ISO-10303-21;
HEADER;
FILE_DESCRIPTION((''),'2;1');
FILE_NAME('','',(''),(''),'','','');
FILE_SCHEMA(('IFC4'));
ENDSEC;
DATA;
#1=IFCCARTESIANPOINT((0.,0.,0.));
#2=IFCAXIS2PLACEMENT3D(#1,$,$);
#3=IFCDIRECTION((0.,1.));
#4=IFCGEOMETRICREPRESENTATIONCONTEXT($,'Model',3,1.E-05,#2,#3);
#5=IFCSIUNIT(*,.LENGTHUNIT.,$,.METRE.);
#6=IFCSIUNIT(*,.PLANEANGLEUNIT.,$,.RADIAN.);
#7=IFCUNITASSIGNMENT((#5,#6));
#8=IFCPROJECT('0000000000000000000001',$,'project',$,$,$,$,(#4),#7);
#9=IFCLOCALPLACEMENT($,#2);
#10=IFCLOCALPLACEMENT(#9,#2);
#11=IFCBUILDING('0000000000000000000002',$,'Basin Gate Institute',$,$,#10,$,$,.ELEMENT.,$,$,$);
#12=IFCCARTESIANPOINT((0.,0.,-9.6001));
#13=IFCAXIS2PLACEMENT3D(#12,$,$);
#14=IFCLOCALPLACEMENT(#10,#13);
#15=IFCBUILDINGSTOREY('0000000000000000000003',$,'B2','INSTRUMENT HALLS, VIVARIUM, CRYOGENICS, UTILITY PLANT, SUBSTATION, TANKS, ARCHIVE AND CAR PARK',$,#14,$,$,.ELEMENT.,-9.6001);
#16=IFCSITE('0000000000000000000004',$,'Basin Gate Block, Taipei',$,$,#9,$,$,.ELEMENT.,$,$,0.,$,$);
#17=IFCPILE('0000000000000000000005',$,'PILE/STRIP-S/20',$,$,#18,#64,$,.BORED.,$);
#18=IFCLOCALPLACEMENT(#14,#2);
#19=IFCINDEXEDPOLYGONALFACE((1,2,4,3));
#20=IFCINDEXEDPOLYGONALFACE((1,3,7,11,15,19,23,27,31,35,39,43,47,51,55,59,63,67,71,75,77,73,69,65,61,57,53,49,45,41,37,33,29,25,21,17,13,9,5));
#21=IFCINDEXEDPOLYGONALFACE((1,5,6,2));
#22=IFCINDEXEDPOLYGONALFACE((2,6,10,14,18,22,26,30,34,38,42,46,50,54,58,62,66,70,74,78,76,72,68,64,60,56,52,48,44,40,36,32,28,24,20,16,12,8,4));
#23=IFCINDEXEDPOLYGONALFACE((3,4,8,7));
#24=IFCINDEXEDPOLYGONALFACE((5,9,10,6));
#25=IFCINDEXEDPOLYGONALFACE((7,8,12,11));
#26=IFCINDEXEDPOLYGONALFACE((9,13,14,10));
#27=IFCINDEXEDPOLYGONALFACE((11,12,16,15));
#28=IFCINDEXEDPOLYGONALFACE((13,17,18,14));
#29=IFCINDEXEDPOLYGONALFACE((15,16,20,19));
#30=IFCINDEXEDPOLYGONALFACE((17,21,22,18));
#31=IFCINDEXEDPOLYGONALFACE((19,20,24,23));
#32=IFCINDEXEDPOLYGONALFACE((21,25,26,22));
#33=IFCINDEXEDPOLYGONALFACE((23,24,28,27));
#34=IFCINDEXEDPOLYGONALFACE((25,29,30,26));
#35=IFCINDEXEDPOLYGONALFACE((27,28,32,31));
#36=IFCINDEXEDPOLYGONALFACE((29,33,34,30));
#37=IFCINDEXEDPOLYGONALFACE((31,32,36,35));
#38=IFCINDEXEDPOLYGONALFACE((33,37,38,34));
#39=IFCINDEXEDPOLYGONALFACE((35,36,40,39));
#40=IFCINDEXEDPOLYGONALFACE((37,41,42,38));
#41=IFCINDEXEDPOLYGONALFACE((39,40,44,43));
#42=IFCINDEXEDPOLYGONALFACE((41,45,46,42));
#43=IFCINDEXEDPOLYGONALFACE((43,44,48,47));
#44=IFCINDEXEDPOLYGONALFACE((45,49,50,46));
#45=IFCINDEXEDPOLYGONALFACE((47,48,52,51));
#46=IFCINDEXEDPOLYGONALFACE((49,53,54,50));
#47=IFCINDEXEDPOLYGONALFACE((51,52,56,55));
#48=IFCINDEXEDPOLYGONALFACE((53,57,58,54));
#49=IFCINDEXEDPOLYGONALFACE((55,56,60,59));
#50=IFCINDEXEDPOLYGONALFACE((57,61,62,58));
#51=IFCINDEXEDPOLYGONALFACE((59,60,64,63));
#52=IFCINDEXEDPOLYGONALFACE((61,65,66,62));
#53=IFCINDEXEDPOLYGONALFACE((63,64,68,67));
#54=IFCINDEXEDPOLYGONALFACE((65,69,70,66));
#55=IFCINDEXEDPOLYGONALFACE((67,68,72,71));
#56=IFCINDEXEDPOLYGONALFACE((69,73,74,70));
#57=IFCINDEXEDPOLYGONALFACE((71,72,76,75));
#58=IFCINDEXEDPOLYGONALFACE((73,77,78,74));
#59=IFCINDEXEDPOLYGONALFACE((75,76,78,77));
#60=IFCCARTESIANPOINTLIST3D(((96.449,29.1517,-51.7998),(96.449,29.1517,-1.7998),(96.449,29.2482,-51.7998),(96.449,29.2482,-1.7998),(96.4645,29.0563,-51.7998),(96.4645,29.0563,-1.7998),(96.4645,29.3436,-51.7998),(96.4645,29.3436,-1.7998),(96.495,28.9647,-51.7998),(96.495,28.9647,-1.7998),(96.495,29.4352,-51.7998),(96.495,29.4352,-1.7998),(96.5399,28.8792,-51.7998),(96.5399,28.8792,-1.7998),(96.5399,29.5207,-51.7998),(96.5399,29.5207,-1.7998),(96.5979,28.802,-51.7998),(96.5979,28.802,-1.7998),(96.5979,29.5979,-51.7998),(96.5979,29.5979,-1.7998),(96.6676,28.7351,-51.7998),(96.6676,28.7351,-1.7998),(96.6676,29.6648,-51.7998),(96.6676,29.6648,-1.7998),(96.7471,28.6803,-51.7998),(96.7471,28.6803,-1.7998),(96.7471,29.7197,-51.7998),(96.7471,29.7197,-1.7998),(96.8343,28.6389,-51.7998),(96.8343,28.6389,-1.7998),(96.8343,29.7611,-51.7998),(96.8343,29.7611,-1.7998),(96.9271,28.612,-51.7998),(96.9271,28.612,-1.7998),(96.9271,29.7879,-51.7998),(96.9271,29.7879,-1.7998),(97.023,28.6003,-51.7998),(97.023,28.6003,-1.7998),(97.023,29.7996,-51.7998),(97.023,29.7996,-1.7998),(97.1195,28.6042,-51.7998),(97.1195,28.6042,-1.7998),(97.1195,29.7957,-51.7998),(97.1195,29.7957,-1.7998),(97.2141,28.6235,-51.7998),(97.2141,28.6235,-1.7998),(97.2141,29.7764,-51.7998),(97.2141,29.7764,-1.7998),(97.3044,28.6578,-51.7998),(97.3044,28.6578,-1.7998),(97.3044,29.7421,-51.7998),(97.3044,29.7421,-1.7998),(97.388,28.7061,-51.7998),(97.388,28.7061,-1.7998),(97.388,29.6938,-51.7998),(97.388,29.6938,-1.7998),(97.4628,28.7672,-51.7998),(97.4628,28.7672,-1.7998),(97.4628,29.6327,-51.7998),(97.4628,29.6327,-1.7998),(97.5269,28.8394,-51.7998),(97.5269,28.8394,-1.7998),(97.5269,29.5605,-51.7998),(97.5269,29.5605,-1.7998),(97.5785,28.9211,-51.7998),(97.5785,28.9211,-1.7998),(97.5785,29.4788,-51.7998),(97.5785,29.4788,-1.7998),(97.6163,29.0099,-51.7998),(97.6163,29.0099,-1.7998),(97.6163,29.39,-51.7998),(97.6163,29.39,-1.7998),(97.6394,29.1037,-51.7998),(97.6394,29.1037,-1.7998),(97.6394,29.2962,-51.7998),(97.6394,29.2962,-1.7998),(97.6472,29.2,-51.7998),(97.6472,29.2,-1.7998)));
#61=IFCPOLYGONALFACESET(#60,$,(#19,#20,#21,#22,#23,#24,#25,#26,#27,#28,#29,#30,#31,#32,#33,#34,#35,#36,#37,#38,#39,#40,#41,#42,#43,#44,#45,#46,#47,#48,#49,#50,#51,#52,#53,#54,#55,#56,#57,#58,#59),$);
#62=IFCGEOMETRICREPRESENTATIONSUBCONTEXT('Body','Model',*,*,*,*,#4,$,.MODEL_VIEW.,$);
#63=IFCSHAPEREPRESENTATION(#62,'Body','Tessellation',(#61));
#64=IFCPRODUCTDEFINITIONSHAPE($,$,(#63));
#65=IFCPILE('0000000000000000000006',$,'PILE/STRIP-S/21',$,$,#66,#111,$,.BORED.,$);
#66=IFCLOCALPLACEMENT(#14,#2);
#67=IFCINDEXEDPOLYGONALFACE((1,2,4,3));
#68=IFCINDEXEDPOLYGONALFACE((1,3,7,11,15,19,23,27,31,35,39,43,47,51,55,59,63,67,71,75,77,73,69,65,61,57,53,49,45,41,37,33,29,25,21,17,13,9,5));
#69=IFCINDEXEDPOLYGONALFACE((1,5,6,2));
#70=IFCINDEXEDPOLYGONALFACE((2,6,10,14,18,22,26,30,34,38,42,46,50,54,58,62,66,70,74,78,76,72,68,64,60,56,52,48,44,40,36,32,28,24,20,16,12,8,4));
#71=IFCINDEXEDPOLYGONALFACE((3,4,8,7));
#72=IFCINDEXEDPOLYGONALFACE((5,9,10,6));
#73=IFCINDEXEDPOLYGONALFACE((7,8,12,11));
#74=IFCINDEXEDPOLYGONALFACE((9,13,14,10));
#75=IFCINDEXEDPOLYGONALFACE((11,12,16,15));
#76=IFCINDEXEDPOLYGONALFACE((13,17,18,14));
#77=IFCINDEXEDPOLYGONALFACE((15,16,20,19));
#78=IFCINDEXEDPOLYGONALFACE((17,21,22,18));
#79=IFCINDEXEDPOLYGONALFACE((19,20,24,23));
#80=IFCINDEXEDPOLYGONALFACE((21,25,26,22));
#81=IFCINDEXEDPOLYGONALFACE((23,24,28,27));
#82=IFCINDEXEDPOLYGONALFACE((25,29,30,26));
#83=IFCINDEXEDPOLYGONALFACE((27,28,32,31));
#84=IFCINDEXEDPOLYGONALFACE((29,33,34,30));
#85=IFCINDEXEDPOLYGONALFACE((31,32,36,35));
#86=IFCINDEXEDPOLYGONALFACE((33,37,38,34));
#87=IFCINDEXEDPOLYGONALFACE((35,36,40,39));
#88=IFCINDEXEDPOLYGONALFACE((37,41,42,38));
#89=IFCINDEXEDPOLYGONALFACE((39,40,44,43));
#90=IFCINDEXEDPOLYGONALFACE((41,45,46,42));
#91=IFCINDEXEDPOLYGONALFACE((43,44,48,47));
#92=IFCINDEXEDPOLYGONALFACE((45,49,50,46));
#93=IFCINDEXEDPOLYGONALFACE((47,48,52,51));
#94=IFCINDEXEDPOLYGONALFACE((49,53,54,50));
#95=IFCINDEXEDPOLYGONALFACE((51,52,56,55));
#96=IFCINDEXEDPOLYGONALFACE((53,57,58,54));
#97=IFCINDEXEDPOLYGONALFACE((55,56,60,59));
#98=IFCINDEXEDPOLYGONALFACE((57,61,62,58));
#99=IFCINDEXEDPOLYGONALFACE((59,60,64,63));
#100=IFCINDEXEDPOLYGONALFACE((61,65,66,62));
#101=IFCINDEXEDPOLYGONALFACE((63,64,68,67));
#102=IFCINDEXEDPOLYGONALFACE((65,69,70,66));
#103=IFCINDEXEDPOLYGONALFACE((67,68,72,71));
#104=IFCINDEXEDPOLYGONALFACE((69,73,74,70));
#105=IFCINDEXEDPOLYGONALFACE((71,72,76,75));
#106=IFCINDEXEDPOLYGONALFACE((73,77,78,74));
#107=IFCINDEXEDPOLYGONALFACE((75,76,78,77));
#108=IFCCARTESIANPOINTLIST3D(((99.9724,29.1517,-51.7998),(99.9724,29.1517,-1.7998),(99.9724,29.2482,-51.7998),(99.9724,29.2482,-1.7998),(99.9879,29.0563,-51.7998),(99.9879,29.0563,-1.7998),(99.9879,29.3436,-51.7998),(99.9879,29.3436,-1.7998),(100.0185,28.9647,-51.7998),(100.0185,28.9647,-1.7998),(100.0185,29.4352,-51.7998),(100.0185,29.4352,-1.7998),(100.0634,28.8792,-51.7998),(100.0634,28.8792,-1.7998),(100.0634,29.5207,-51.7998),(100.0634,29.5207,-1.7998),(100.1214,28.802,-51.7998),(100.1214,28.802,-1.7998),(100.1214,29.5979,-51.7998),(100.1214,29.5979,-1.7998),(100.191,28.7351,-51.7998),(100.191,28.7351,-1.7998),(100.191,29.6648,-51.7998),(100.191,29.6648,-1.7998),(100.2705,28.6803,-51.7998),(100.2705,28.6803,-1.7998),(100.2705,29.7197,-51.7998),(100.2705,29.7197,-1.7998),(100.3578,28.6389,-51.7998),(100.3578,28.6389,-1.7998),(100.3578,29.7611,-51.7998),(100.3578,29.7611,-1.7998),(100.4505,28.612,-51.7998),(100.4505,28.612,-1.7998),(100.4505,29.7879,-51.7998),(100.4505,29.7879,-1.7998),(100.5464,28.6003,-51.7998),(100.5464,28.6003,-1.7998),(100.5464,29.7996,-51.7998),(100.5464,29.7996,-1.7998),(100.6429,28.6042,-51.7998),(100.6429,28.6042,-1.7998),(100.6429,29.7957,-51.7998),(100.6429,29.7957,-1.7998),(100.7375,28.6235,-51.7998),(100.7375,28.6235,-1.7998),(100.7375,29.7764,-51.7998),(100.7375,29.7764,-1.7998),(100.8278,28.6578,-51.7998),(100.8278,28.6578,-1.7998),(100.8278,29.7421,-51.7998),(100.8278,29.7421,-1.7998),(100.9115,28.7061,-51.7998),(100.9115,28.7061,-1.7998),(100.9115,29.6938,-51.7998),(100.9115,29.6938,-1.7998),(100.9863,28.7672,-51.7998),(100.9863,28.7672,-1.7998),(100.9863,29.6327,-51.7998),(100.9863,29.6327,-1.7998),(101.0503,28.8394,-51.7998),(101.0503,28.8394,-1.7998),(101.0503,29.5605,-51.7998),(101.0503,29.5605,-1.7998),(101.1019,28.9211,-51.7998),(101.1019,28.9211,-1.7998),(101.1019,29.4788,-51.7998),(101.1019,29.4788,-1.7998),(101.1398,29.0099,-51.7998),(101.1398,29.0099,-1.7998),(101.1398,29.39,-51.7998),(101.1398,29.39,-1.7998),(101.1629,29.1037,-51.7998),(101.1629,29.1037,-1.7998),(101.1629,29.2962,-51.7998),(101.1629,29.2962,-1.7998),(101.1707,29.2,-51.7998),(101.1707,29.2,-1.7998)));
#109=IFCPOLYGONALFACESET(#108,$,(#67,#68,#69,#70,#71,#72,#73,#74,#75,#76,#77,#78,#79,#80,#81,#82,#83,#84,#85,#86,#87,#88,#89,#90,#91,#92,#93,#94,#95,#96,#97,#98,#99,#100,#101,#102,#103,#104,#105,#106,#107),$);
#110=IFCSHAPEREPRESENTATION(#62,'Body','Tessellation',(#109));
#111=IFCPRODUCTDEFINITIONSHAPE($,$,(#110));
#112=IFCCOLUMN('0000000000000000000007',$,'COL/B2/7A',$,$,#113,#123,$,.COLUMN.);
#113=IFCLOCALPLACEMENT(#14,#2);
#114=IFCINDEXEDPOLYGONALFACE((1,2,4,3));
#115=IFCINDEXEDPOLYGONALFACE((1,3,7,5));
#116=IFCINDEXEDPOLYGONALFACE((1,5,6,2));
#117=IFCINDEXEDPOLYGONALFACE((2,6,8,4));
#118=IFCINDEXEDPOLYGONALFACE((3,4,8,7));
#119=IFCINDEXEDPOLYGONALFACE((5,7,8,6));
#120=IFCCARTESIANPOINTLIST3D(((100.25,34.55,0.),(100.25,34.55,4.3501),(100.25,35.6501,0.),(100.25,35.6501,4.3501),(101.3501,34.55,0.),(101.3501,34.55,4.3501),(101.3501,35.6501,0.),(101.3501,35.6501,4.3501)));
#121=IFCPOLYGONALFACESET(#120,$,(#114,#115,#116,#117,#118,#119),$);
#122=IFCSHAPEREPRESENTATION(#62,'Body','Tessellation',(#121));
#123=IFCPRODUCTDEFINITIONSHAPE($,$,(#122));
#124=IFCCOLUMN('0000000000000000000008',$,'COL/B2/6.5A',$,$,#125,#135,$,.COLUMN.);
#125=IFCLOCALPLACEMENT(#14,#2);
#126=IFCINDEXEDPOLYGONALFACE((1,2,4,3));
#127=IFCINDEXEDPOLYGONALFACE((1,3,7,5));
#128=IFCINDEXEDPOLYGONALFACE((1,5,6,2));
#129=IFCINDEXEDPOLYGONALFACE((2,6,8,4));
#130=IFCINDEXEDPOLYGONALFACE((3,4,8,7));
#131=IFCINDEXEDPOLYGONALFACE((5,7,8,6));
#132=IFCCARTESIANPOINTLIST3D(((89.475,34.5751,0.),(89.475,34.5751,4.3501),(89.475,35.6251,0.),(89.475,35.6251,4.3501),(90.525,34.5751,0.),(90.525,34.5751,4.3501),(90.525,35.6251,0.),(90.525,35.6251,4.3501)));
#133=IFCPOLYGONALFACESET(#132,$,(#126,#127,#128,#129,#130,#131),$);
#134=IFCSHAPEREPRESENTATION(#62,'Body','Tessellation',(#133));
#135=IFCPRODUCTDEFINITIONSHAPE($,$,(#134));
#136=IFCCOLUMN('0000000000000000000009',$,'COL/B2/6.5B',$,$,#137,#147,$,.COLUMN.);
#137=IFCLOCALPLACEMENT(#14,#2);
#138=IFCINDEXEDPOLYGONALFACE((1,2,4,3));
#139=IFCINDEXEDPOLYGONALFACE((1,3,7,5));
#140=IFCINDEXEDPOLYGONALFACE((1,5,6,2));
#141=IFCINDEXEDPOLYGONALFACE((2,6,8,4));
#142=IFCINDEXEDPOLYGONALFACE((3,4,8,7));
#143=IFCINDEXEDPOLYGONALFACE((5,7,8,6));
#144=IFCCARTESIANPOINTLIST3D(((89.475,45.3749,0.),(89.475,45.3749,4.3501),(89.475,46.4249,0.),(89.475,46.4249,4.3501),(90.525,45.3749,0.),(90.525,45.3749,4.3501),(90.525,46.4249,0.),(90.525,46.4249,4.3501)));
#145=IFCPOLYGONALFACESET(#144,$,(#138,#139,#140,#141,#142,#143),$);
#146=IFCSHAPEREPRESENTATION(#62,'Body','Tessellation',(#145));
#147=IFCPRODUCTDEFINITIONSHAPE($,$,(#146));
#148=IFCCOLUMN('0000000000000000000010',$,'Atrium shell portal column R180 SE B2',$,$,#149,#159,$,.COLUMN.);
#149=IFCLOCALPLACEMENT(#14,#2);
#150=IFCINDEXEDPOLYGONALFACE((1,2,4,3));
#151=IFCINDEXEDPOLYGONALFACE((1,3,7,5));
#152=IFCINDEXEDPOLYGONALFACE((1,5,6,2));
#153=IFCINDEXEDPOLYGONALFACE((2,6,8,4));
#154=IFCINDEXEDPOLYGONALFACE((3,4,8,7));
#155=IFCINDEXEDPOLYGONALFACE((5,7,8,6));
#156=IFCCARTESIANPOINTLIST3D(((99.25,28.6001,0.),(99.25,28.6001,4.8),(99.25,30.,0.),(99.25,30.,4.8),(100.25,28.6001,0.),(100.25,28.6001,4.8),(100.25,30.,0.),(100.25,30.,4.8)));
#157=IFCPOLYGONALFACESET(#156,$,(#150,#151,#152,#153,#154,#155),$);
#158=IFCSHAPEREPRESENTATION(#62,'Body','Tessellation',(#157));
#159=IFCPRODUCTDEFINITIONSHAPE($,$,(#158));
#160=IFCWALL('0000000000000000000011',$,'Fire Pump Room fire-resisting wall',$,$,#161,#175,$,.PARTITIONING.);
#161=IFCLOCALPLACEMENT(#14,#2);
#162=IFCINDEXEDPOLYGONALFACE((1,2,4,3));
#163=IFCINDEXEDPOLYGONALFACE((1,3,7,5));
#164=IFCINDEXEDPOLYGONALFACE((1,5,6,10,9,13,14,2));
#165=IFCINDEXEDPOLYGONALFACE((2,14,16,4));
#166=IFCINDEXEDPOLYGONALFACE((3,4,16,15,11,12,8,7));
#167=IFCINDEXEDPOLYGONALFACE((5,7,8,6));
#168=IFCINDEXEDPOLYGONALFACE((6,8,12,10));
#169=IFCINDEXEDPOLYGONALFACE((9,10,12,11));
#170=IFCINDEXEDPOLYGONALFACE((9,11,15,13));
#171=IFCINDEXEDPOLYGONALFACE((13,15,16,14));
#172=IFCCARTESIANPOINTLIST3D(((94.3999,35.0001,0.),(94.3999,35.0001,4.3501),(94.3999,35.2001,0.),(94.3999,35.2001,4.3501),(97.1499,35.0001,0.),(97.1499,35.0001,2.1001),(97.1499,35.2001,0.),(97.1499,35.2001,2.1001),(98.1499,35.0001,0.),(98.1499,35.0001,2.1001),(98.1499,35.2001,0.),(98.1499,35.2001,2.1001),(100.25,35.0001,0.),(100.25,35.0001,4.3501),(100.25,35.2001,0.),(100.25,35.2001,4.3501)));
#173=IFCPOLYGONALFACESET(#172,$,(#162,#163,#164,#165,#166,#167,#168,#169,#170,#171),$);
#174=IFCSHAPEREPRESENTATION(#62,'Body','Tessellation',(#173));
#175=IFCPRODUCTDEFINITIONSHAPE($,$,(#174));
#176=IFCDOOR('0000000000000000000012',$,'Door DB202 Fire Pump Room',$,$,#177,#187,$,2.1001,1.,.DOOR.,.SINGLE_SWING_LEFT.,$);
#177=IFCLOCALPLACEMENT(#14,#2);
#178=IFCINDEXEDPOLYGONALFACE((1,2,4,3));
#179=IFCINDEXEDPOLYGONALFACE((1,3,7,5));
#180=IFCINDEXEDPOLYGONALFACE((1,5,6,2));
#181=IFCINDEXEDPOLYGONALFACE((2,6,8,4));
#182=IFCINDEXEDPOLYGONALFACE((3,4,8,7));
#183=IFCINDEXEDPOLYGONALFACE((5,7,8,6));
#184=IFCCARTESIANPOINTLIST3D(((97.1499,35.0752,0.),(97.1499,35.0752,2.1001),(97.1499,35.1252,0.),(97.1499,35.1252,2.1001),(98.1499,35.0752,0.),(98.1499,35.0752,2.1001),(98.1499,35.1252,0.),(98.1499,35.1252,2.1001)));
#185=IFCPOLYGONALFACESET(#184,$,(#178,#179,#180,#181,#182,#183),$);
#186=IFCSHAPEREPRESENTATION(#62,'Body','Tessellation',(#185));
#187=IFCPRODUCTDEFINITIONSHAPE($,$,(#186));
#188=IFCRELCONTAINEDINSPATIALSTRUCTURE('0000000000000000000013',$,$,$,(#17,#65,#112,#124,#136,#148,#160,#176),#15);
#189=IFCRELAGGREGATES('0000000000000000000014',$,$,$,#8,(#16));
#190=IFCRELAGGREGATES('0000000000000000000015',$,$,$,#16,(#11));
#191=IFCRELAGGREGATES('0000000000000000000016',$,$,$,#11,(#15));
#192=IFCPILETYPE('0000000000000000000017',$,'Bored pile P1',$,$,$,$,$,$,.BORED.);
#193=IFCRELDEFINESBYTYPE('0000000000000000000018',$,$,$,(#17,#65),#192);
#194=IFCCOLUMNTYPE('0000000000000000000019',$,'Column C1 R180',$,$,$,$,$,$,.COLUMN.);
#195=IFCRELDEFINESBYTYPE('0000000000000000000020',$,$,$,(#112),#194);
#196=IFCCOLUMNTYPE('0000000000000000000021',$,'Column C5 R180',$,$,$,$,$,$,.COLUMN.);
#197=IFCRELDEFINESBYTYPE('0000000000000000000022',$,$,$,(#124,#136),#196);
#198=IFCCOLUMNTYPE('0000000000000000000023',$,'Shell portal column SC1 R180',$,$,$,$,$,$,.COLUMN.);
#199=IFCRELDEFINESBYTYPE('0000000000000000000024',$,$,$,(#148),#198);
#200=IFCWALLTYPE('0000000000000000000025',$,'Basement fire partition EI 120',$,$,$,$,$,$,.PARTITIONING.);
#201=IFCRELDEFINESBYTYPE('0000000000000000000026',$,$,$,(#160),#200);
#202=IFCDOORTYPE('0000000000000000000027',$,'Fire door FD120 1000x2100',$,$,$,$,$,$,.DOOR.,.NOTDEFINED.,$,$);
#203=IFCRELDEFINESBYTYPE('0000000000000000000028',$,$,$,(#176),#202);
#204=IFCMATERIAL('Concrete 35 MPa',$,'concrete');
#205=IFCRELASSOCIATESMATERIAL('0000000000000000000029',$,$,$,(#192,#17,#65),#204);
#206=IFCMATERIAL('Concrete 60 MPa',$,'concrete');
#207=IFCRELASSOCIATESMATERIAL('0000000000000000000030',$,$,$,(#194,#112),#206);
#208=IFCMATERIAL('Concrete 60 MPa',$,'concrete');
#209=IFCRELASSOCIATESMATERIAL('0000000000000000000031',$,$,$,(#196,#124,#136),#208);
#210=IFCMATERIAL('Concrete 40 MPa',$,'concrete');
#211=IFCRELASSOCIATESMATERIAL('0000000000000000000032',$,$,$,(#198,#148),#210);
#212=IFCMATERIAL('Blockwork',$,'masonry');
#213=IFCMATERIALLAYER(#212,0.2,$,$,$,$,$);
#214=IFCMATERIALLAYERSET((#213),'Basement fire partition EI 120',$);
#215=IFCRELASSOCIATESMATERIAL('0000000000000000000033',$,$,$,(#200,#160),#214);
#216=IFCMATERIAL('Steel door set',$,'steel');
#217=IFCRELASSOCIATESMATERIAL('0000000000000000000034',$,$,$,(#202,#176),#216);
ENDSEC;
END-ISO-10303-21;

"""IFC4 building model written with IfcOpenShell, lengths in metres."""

from ifc_helpers import new_model, si_unit, direction, frame, frame_2d, origin, origin_2d, place, context, subcontext, project, spatial, rectangle, circle, extrude, material, layer, layer_set, material_profile, profile_set, type_object, element, fill, save


model = new_model("IFC4")

# Units and contexts
model_context = context("Model", 3, precision=1e-05, world=origin(), true_north=direction((0.0, 1.0)))
body_context = subcontext(model_context, "Body", "Model", "MODEL_VIEW")
ifc_project = project(units=[si_unit("LENGTHUNIT", "METRE"), si_unit("PLANEANGLEUNIT", "RADIAN")], contexts=[model_context])

# Site, building, storey
site_placement = place(None, origin())
site = spatial("IfcSite", under=ifc_project, at=site_placement, Name="Basin Gate Block, Taipei", CompositionType="ELEMENT", RefElevation=0.0)
building_placement = place(site_placement, origin())
building = spatial("IfcBuilding", under=site, at=building_placement, Name="Basin Gate Institute", CompositionType="ELEMENT")
storey_placement = place(building_placement, frame((0.0, 0.0, -9.6001)))
storey = spatial("IfcBuildingStorey", under=building, at=storey_placement, Name="B2", Description="INSTRUMENT HALLS, VIVARIUM, CRYOGENICS, UTILITY PLANT, SUBSTATION, TANKS, ARCHIVE AND CAR PARK", CompositionType="ELEMENT", Elevation=-9.6001)

# Piles
ifc_material_1 = material(Name="Concrete 35 MPa", Category="concrete")
ifc_material_profile_1 = material_profile(ifc_material_1, circle(Radius=0.6001, at=origin_2d()), Name="Bored pile P1 1200 dia")
ifc_profile_set_1 = profile_set([ifc_material_profile_1], Name="Concrete 35 MPa")
pile_type = type_object("IfcPileType", Name="Bored pile P1", PredefinedType="BORED", material=ifc_profile_set_1)
for number, where, z_axis, x_axis, name in (
    (1, (97.0471, 29.2, -1.7998), (0.0, 0.0, -1.0), (1.0, 0.0, 0.0), "PILE/STRIP-S/20"),
    (2, (100.5706, 29.2, -1.7998), (0.0, 0.0, -1.0), (1.0, 0.0, 0.0), "PILE/STRIP-S/21"),
):
    element("IfcPile", number, at=place(storey_placement, frame(where, z_axis=z_axis, x_axis=x_axis)), inside=storey, type_object=pile_type, material=ifc_profile_set_1, Name=name, PredefinedType="BORED", context=body_context, shape_type="SweptSolid", body=[
        extrude(circle(Radius=0.6001, at=origin_2d()), origin(), (0.0, 0.0, 1.0), 50.0),
    ])

# Columns
ifc_material_2 = material(Name="Concrete 60 MPa", Category="concrete")
ifc_material_profile_2 = material_profile(ifc_material_2, rectangle(XDim=1.1001, YDim=1.1001, at=origin_2d()), Name="Column C1 1100 x 1100")
ifc_profile_set_2 = profile_set([ifc_material_profile_2], Name="Concrete 60 MPa")
column_type_1 = type_object("IfcColumnType", Name="Column C1 R180", PredefinedType="COLUMN", material=ifc_profile_set_2)
column_1_placement = place(storey_placement, frame((100.8, 35.1001, 0.0), z_axis=(0.0, 0.0, 1.0), x_axis=(1.0, 0.0, 0.0)))
element("IfcColumn", 3, at=column_1_placement, inside=storey, type_object=column_type_1, material=ifc_profile_set_2, Name="COL/B2/7A", PredefinedType="COLUMN", context=body_context, shape_type="SweptSolid", body=[
    extrude(rectangle(XDim=1.1001, YDim=1.1001, at=origin_2d()), origin(), (0.0, 0.0, 1.0), 4.3501),
])
ifc_material_3 = material(Name="Concrete 60 MPa", Category="concrete")
ifc_material_profile_3 = material_profile(ifc_material_3, rectangle(XDim=1.05, YDim=1.05, at=origin_2d()), Name="Column C5 1050 x 1050")
ifc_profile_set_3 = profile_set([ifc_material_profile_3], Name="Concrete 60 MPa")
column_type_2 = type_object("IfcColumnType", Name="Column C5 R180", PredefinedType="COLUMN", material=ifc_profile_set_3)
for number, where, z_axis, x_axis, name in (
    (4, (90.0, 35.1001, 0.0), (0.0, 0.0, 1.0), (1.0, 0.0, 0.0), "COL/B2/6.5A"),
    (5, (90.0, 45.8999, 0.0), (0.0, 0.0, 1.0), (1.0, 0.0, 0.0), "COL/B2/6.5B"),
):
    element("IfcColumn", number, at=place(storey_placement, frame(where, z_axis=z_axis, x_axis=x_axis)), inside=storey, type_object=column_type_2, material=ifc_profile_set_3, Name=name, PredefinedType="COLUMN", context=body_context, shape_type="SweptSolid", body=[
        extrude(rectangle(XDim=1.05, YDim=1.05, at=origin_2d()), origin(), (0.0, 0.0, 1.0), 4.3501),
    ])
ifc_material_4 = material(Name="Concrete 40 MPa", Category="concrete")
ifc_material_profile_4 = material_profile(ifc_material_4, rectangle(XDim=1.0, YDim=1.3999, at=origin_2d()), Name="Shell portal column SC1 1000 x 1400")
ifc_profile_set_4 = profile_set([ifc_material_profile_4], Name="Concrete 40 MPa")
column_type_3 = type_object("IfcColumnType", Name="Shell portal column SC1 R180", PredefinedType="COLUMN", material=ifc_profile_set_4)
column_2_placement = place(storey_placement, frame((99.75, 29.3, 0.0), z_axis=(0.0, 0.0, 1.0), x_axis=(1.0, 0.0, 0.0)))
element("IfcColumn", 6, at=column_2_placement, inside=storey, type_object=column_type_3, material=ifc_profile_set_4, Name="Atrium shell portal column R180 SE B2", PredefinedType="COLUMN", context=body_context, shape_type="SweptSolid", body=[
    extrude(rectangle(XDim=1.0, YDim=1.3999, at=origin_2d()), origin(), (0.0, 0.0, 1.0), 4.8),
])

# Wall, opening, door
ifc_material_5 = material(Name="Blockwork", Category="masonry")
ifc_layer_1 = layer(ifc_material_5, 0.2)
ifc_layer_set_1 = layer_set([ifc_layer_1], Name="Basement fire partition EI 120")
wall_type_1 = type_object("IfcWallType", Name="Basement fire partition EI 120", PredefinedType="PARTITIONING", material=ifc_layer_set_1)
wall_1_placement = place(storey_placement, frame((94.3999, 35.1001, 0.0), z_axis=(0.0, 0.0, 1.0), x_axis=(1.0, 0.0, 0.0)))
wall_1 = element("IfcWall", 7, at=wall_1_placement, inside=storey, type_object=wall_type_1, material=ifc_layer_set_1, Name="Fire Pump Room fire-resisting wall", PredefinedType="PARTITIONING", context=body_context, shape_type="SweptSolid", body=[
    extrude(rectangle(XDim=5.8501, YDim=0.2, at=frame_2d((2.925, 0.0))), origin(), (0.0, 0.0, 1.0), 4.3501),
])
opening_placement = place(wall_1_placement, frame((2.75, 0.0, 0.0)))
opening = element("IfcOpeningElement", 8, at=opening_placement, cuts=wall_1, PredefinedType="OPENING", context=body_context, shape_type="SweptSolid", body=[
    extrude(rectangle(XDim=1.0, YDim=2.1001, at=frame_2d((0.5, 1.05))), frame((0.0, 0.1099, 0.0), z_axis=(0.0, -1.0, 0.0), x_axis=(1.0, 0.0, 0.0)), (0.0, 0.0, 1.0), 0.22),
])
ifc_material_6 = material(Name="Steel door set", Category="steel")
door_type = type_object("IfcDoorType", Name="Fire door FD120 1000x2100", OperationType="NOTDEFINED", PredefinedType="DOOR", material=ifc_material_6)
door_placement = place(opening_placement, frame((1.0, 0.0, 0.0), z_axis=(0.0, 0.0, 1.0), x_axis=(-1.0, 0.0, 0.0)))
door = element("IfcDoor", 9, at=door_placement, inside=storey, type_object=door_type, material=ifc_material_6, Name="Door DB202 Fire Pump Room", OperationType="SINGLE_SWING_LEFT", OverallHeight=2.1001, OverallWidth=1.0, PredefinedType="DOOR", context=body_context, shape_type="SweptSolid", body=[
    extrude(rectangle(XDim=1.0, YDim=2.1001, at=frame_2d((0.5, 1.05))), frame((0.0, 0.0249, 0.0), z_axis=(0.0, -1.0, 0.0), x_axis=(1.0, 0.0, 0.0)), (0.0, 0.0, 1.0), 0.05),
])
fill(opening, door)

save(model, "model.ifc")
